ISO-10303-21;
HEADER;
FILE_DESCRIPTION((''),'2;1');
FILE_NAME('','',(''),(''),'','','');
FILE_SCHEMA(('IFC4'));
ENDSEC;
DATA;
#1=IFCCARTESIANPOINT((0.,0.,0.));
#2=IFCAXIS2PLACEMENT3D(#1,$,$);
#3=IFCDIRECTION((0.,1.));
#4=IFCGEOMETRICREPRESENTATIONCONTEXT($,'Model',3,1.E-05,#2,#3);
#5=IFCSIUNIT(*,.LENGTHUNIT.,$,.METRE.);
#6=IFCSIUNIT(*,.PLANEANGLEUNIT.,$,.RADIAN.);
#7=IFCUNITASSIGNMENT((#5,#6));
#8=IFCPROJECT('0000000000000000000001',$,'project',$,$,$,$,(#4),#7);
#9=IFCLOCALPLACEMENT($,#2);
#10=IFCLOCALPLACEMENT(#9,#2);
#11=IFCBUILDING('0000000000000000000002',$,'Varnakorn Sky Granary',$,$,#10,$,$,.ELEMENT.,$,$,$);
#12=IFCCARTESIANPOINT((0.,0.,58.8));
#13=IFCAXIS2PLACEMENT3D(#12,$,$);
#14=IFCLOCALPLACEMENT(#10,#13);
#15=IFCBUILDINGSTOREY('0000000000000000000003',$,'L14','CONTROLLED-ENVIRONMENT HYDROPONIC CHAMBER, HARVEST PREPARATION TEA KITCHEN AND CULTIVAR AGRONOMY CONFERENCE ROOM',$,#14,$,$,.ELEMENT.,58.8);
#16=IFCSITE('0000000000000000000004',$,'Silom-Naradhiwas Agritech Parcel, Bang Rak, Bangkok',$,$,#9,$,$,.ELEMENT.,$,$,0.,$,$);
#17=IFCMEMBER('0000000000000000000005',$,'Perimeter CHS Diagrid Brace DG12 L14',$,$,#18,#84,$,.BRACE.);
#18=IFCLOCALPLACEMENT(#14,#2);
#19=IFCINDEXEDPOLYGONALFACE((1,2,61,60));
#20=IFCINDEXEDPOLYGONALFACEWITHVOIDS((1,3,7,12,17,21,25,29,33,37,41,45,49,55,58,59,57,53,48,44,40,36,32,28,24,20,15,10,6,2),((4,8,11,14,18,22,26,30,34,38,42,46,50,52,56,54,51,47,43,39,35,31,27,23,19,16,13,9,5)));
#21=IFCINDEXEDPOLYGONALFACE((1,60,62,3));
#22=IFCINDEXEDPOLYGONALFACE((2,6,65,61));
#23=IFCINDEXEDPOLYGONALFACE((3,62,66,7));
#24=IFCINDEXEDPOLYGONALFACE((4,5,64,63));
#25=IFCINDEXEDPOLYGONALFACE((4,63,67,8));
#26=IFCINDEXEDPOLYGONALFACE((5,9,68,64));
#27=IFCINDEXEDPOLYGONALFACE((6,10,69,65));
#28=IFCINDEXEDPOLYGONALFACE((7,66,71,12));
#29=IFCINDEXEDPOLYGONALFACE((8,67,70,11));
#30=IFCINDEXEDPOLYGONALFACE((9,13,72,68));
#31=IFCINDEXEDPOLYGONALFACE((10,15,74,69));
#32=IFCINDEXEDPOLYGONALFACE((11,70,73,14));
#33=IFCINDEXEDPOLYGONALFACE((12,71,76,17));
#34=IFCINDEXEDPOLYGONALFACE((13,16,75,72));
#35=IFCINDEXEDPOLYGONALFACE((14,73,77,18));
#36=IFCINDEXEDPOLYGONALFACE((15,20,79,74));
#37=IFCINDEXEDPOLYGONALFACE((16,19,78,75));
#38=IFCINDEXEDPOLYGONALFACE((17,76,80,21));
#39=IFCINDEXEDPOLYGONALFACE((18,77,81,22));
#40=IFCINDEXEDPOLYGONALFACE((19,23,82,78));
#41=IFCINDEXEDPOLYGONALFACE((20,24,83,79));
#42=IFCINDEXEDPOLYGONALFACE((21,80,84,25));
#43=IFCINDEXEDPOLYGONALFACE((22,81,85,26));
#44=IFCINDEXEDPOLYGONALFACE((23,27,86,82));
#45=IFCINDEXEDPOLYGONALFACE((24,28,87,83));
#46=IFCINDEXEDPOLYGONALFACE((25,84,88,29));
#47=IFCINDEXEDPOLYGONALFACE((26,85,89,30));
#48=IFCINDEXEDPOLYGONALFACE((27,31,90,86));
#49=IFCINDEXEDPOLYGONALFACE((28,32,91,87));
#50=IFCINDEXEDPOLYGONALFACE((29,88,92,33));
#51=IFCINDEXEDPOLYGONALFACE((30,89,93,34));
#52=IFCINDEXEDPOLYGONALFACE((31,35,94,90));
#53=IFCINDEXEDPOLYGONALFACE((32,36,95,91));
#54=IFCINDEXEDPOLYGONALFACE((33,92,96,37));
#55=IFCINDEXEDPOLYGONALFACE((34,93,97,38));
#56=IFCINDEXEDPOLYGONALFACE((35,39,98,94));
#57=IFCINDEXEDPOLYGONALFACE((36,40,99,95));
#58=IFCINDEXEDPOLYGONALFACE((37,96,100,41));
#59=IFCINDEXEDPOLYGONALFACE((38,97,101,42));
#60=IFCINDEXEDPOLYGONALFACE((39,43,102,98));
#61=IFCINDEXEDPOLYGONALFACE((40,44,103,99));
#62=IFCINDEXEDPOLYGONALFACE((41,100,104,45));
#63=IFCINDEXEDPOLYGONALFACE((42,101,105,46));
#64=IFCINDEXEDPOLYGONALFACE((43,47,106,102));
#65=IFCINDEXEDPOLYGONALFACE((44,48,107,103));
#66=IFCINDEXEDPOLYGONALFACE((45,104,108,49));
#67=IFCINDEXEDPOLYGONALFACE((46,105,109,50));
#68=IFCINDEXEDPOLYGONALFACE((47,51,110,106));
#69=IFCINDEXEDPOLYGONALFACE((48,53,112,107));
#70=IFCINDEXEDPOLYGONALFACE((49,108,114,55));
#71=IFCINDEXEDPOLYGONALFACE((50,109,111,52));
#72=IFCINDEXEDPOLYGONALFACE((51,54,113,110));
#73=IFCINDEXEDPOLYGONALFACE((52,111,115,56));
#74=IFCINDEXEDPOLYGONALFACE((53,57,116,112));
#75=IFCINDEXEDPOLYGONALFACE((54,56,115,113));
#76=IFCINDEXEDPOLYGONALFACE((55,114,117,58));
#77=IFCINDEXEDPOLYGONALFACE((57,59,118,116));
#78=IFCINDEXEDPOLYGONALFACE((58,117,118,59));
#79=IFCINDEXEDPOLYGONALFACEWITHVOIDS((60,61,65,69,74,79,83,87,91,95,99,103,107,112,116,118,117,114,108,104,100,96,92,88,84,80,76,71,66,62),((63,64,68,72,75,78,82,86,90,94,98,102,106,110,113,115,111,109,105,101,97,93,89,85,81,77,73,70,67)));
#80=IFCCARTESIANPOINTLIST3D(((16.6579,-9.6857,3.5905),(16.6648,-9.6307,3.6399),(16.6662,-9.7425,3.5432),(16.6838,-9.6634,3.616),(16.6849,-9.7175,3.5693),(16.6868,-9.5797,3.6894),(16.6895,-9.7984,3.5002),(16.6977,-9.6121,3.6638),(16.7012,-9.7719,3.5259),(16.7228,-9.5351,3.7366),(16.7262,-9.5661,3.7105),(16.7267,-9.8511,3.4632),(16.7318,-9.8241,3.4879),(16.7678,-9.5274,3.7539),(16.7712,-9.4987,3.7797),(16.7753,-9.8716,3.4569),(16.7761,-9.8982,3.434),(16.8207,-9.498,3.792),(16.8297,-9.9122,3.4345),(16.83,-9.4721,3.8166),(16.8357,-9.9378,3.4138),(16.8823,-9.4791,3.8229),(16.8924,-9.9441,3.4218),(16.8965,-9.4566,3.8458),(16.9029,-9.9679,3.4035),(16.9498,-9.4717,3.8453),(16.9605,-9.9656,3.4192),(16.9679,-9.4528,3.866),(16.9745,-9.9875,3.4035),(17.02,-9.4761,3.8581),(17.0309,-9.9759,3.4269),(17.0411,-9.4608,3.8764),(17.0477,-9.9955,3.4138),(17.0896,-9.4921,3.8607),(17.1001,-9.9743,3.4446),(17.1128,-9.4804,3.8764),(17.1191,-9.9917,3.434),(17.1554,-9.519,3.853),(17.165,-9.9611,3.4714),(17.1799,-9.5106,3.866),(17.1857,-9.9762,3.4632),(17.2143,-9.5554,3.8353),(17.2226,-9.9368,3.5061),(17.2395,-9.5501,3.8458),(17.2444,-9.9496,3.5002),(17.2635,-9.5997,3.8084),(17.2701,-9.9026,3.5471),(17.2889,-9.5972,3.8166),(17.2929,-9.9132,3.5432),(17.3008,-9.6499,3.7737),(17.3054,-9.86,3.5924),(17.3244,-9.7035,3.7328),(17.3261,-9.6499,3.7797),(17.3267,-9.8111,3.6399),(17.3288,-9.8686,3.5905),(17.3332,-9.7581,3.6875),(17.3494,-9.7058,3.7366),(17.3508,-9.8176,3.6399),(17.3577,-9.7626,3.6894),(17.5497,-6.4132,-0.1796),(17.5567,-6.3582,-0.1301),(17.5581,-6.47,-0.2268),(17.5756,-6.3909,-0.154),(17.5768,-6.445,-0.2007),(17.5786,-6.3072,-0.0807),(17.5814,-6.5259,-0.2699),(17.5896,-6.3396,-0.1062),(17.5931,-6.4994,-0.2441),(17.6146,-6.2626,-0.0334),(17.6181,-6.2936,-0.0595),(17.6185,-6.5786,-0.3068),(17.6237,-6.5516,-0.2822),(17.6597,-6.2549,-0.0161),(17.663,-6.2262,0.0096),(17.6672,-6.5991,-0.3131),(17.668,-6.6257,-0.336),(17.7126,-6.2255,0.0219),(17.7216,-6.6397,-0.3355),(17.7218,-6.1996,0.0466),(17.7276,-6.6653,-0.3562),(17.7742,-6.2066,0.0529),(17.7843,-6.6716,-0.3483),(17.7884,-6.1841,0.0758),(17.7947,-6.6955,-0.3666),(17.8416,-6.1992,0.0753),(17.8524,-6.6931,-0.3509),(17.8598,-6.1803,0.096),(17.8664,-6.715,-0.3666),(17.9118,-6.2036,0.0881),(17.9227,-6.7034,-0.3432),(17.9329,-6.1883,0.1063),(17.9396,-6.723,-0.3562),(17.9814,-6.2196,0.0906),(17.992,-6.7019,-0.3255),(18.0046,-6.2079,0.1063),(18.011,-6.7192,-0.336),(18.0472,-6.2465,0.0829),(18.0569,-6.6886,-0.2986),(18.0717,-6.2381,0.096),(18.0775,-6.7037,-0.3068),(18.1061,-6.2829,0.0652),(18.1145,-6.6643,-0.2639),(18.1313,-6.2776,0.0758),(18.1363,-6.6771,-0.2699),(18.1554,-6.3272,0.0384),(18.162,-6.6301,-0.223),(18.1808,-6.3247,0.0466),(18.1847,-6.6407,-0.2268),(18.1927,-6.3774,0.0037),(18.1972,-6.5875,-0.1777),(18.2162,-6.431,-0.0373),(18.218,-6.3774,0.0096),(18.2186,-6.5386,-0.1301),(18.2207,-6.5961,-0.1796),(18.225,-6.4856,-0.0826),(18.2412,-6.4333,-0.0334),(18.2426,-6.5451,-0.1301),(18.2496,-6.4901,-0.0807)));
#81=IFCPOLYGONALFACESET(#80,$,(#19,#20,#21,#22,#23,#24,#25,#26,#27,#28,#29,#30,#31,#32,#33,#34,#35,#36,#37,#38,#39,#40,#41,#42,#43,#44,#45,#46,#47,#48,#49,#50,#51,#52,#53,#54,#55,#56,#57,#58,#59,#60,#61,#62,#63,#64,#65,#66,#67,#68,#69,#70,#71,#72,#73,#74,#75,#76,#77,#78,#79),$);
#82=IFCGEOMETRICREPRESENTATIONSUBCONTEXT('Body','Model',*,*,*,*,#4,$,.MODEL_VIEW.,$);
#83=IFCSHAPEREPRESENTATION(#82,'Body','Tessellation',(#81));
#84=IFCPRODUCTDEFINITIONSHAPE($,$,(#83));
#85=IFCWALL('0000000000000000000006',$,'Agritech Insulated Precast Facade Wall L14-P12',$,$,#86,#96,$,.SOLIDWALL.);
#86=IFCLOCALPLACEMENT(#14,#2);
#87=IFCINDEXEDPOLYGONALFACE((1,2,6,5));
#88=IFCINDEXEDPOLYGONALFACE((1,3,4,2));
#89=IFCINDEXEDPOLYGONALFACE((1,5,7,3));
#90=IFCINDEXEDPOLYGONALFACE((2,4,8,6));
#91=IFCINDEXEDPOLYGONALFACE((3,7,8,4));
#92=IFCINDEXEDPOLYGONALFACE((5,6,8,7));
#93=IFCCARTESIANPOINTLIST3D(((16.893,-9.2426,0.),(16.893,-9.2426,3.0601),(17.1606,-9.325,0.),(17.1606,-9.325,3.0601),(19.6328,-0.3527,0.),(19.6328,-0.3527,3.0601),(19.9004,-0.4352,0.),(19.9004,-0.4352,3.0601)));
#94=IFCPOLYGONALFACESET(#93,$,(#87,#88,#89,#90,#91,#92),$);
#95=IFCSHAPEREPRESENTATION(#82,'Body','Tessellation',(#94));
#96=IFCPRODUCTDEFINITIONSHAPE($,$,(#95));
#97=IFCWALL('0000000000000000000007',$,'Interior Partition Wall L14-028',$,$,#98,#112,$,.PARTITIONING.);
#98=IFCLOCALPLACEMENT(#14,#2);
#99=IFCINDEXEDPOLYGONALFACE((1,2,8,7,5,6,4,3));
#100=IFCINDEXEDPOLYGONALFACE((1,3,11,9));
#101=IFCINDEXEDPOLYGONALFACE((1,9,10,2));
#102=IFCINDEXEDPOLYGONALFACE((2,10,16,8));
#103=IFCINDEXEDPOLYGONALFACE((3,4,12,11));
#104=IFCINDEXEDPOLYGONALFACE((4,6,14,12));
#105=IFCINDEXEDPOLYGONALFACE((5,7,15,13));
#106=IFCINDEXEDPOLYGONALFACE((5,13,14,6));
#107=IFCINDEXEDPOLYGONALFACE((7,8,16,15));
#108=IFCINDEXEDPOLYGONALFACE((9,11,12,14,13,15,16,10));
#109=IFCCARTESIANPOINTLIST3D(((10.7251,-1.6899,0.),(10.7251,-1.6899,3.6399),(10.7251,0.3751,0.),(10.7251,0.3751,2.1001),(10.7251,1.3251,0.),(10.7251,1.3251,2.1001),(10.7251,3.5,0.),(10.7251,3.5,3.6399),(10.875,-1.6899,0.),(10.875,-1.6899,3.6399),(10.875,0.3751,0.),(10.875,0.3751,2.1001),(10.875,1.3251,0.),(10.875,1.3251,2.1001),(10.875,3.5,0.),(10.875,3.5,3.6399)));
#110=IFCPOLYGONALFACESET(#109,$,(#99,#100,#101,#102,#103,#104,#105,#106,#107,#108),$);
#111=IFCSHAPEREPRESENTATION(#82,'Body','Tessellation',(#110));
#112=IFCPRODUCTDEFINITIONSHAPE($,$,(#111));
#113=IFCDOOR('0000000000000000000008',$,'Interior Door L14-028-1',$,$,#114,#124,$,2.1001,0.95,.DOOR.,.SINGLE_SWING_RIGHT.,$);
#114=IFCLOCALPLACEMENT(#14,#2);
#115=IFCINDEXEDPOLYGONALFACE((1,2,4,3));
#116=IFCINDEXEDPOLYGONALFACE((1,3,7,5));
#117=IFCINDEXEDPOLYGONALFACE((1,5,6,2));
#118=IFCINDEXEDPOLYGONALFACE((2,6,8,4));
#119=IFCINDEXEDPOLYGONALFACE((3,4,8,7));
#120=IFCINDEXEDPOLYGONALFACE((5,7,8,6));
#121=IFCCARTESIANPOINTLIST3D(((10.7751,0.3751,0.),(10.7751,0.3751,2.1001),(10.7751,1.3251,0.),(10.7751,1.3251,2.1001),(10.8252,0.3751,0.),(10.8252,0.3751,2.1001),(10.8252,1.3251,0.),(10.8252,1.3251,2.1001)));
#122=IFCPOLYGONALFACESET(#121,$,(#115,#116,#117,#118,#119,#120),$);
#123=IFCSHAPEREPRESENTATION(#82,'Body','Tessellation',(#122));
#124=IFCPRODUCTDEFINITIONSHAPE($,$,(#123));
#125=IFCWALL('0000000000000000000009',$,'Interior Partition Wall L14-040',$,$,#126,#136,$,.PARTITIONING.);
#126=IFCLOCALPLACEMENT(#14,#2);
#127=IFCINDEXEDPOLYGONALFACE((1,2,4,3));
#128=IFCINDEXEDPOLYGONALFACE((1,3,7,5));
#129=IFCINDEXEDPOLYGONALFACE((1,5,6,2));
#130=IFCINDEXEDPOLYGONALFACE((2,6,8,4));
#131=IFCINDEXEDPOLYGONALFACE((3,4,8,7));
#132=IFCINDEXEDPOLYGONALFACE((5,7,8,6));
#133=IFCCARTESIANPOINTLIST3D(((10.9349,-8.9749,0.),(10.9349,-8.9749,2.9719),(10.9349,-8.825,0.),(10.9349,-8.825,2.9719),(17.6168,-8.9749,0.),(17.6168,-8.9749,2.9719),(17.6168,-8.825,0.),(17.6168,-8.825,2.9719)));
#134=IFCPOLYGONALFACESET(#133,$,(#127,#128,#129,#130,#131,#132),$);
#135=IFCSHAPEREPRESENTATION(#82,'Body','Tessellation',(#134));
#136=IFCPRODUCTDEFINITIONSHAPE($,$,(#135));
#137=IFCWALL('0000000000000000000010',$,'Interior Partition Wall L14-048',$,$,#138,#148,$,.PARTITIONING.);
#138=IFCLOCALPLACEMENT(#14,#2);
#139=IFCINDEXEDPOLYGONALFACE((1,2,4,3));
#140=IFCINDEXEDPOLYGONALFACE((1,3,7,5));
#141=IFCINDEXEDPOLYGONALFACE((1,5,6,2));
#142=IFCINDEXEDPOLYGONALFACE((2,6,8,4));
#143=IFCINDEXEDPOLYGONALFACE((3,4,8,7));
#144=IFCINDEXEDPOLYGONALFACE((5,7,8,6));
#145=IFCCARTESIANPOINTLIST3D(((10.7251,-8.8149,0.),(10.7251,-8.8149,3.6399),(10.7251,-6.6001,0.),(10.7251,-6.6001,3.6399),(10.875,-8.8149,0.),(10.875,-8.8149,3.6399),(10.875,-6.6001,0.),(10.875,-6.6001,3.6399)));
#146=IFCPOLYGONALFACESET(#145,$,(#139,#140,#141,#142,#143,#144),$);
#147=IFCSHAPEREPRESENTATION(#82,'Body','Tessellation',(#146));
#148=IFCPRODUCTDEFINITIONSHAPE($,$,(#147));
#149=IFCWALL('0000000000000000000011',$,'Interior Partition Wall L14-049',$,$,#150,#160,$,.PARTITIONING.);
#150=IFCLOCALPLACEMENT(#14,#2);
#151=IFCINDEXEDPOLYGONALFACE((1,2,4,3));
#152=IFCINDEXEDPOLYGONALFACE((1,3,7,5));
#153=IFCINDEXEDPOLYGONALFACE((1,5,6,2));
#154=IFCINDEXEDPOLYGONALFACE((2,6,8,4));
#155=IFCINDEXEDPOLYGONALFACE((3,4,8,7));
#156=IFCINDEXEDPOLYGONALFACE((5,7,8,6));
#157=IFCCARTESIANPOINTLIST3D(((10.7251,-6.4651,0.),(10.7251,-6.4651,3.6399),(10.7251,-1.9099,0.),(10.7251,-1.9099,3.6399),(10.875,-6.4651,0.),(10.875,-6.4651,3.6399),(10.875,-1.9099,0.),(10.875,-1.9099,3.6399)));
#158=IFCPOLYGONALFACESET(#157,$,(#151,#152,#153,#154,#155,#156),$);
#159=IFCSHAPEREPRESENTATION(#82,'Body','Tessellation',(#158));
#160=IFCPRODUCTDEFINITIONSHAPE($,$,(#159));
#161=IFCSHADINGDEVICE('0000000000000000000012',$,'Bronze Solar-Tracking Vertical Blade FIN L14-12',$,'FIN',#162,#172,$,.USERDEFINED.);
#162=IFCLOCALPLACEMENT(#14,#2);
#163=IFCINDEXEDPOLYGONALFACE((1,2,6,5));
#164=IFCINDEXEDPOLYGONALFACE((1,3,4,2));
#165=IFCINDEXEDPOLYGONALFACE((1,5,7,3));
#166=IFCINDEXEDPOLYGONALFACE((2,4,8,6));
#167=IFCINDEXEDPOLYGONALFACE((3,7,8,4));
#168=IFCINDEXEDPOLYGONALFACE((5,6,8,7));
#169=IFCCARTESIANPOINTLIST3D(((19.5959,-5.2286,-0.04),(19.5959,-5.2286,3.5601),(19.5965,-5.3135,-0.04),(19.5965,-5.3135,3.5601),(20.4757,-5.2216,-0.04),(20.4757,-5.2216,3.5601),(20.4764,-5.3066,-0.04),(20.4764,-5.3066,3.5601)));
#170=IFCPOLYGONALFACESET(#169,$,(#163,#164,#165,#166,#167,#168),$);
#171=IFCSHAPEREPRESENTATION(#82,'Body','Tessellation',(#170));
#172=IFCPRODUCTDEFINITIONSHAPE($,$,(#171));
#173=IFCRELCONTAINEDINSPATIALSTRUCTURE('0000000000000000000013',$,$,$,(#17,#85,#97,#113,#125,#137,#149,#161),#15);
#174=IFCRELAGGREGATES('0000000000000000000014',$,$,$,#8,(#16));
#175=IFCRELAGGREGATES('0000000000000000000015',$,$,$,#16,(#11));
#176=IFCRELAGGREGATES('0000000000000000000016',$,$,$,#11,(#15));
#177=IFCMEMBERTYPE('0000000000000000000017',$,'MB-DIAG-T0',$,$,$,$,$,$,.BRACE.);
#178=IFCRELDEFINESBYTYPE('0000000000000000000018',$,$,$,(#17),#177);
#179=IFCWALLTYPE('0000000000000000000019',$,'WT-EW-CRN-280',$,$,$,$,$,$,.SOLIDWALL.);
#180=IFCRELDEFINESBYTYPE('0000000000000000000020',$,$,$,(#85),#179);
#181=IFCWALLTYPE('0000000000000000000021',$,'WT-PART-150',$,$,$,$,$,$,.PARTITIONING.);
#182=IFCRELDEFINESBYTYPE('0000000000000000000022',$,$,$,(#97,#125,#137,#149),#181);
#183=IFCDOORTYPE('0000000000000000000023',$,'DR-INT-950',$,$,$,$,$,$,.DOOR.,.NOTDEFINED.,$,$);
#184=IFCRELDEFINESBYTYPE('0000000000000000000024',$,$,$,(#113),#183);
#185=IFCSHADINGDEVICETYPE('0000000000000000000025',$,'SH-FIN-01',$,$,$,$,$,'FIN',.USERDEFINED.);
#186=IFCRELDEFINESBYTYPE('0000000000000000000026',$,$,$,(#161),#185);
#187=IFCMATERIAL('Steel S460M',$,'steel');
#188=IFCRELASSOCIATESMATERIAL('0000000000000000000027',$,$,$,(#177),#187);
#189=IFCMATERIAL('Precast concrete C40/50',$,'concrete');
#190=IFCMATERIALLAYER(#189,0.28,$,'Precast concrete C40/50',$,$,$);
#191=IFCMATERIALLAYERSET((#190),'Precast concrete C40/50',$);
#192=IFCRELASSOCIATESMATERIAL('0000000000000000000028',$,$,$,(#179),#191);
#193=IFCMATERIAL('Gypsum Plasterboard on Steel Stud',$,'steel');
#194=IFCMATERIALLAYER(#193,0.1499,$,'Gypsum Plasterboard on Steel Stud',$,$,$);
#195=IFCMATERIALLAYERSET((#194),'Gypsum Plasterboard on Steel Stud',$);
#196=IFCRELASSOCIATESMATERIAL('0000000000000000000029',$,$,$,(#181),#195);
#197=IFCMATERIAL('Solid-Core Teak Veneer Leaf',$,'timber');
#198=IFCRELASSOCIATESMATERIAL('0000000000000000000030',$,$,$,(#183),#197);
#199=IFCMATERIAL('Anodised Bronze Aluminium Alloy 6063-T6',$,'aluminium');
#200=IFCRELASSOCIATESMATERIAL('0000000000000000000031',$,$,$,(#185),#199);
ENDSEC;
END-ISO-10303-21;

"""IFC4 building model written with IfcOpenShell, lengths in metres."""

from ifc_helpers import new_model, si_unit, direction, frame, frame_2d, origin, origin_2d, place, context, subcontext, project, spatial, rectangle, hollow_circle, extrude, source, transform, mapped, material, layer, layer_set, material_profile, profile_set, type_object, type_shapes, element, fill, save


model = new_model("IFC4")

# Units and contexts
model_context = context("Model", 3, precision=1e-05, world=origin(), true_north=direction((0.0, 1.0)))
body_context = subcontext(model_context, "Body", "Model", "MODEL_VIEW")
ifc_project = project(units=[si_unit("LENGTHUNIT", "METRE"), si_unit("PLANEANGLEUNIT", "RADIAN")], contexts=[model_context])

# Site, building, storey
site_placement = place(None, origin())
site = spatial("IfcSite", under=ifc_project, at=site_placement, Name="Silom-Naradhiwas Agritech Parcel, Bang Rak, Bangkok", CompositionType="ELEMENT", RefElevation=0.0)
building_placement = place(site_placement, origin())
building = spatial("IfcBuilding", under=site, at=building_placement, Name="Varnakorn Sky Granary", CompositionType="ELEMENT")
storey_placement = place(building_placement, frame((0.0, 0.0, 58.8)))
storey = spatial("IfcBuildingStorey", under=building, at=storey_placement, Name="L14", Description="CONTROLLED-ENVIRONMENT HYDROPONIC CHAMBER, HARVEST PREPARATION TEA KITCHEN AND CULTIVAR AGRONOMY CONFERENCE ROOM", CompositionType="ELEMENT", Elevation=58.8)

# Shared definitions
ifc_material_1 = material(Name="Steel S460M", Category="steel")

# Shared definitions
ifc_material_2 = material(Name="Anodised Bronze Aluminium Alloy 6063-T6", Category="aluminium")

# Member
ifc_material_profile_1 = material_profile(ifc_material_1, hollow_circle(Radius=0.3555, WallThickness=0.0249, at=origin_2d()), Name="CHS 711x25")
ifc_profile_set_1 = profile_set([ifc_material_profile_1], Name="Steel S460M")
member_type_1 = type_object("IfcMemberType", Name="MB-DIAG-T0", PredefinedType="BRACE", material=ifc_profile_set_1)
member_1_placement = place(storey_placement, frame((17.8997, -6.4517, -0.1301), z_axis=(-0.175864, -0.645298, 0.743412), x_axis=(0.964812, -0.262941, 0.0)))
element("IfcMember", 1, at=member_1_placement, inside=storey, type_object=member_type_1, Name="Perimeter CHS Diagrid Brace DG12 L14", PredefinedType="BRACE", context=body_context, shape_type="SweptSolid", body=[
    extrude(hollow_circle(Radius=0.3555, WallThickness=0.0249, at=origin_2d()), origin(), (0.0, 0.0, 1.0), 5.0713),
])

# Wall
ifc_material_3 = material(Name="Precast concrete C40/50", Category="concrete")
ifc_layer_1 = layer(ifc_material_3, 0.28, Name="Precast concrete C40/50")
ifc_layer_set_1 = layer_set([ifc_layer_1], Name="Precast concrete C40/50")
wall_type_1 = type_object("IfcWallType", Name="WT-EW-CRN-280", PredefinedType="SOLIDWALL", material=ifc_layer_set_1)
wall_1_placement = place(storey_placement, frame((19.7666, -0.3938, 0.0), z_axis=(0.0, 0.0, 1.0), x_axis=(-0.294517, -0.955646, 0.0)))
element("IfcWall", 2, at=wall_1_placement, inside=storey, type_object=wall_type_1, Name="Agritech Insulated Precast Facade Wall L14-P12", PredefinedType="SOLIDWALL", context=body_context, shape_type="SweptSolid", body=[
    extrude(rectangle(XDim=9.3025, YDim=0.28, at=frame_2d((4.6514, 0.0))), origin(), (0.0, 0.0, 1.0), 3.0601),
])

# Wall, opening, door
ifc_material_4 = material(Name="Gypsum Plasterboard on Steel Stud", Category="steel")
ifc_layer_2 = layer(ifc_material_4, 0.1499, Name="Gypsum Plasterboard on Steel Stud")
ifc_layer_set_2 = layer_set([ifc_layer_2], Name="Gypsum Plasterboard on Steel Stud")
wall_type_2 = type_object("IfcWallType", Name="WT-PART-150", PredefinedType="PARTITIONING", material=ifc_layer_set_2)
wall_2_placement = place(storey_placement, frame((10.8, -1.6899, 0.0), z_axis=(0.0, 0.0, 1.0), x_axis=(0.0, 1.0, 0.0)))
wall_2 = element("IfcWall", 3, at=wall_2_placement, inside=storey, type_object=wall_type_2, Name="Interior Partition Wall L14-028", PredefinedType="PARTITIONING", context=body_context, shape_type="SweptSolid", body=[
    extrude(rectangle(XDim=5.1899, YDim=0.1499, at=frame_2d((2.595, 0.0))), origin(), (0.0, 0.0, 1.0), 3.6399),
])
opening_placement = place(wall_2_placement, frame((2.0649, 0.0, 0.0)))
opening = element("IfcOpeningElement", 4, at=opening_placement, cuts=wall_2, PredefinedType="OPENING", context=body_context, shape_type="SweptSolid", body=[
    extrude(rectangle(XDim=0.95, YDim=2.1001, at=frame_2d((0.4751, 1.05))), frame((0.0, 0.085, 0.0), z_axis=(0.0, -1.0, 0.0), x_axis=(1.0, 0.0, 0.0)), (0.0, 0.0, 1.0), 0.1699),
])
ifc_material_5 = material(Name="Solid-Core Teak Veneer Leaf", Category="timber")
door_type = type_object("IfcDoorType", Name="DR-INT-950", OperationType="NOTDEFINED", PredefinedType="DOOR", material=ifc_material_5)
door_placement = place(opening_placement, origin())
door = element("IfcDoor", 5, at=door_placement, inside=storey, type_object=door_type, Name="Interior Door L14-028-1", OperationType="SINGLE_SWING_RIGHT", OverallHeight=2.1001, OverallWidth=0.95, PredefinedType="DOOR", context=body_context, shape_type="SweptSolid", body=[
    extrude(rectangle(XDim=0.95, YDim=2.1001, at=frame_2d((0.4751, 1.05))), frame((0.0, 0.0249, 0.0), z_axis=(0.0, -1.0, 0.0), x_axis=(1.0, 0.0, 0.0)), (0.0, 0.0, 1.0), 0.05),
])
fill(opening, door)

# Walls
wall_3_placement = place(storey_placement, frame((10.9351, -8.8999, 0.0), z_axis=(0.0, 0.0, 1.0), x_axis=(1.0, 0.0, 0.0)))
element("IfcWall", 6, at=wall_3_placement, inside=storey, type_object=wall_type_2, Name="Interior Partition Wall L14-040", PredefinedType="PARTITIONING", context=body_context, shape_type="SweptSolid", body=[
    extrude(rectangle(XDim=6.6819, YDim=0.1499, at=frame_2d((3.3408, 0.0))), origin(), (0.0, 0.0, 1.0), 2.9719),
])
wall_4_placement = place(storey_placement, frame((10.8, -8.8149, 0.0), z_axis=(0.0, 0.0, 1.0), x_axis=(0.0, 1.0, 0.0)))
element("IfcWall", 7, at=wall_4_placement, inside=storey, type_object=wall_type_2, Name="Interior Partition Wall L14-048", PredefinedType="PARTITIONING", context=body_context, shape_type="SweptSolid", body=[
    extrude(rectangle(XDim=2.2148, YDim=0.1499, at=frame_2d((1.1074, 0.0))), origin(), (0.0, 0.0, 1.0), 3.6399),
])
wall_5_placement = place(storey_placement, frame((10.8, -6.4651, 0.0), z_axis=(0.0, 0.0, 1.0), x_axis=(0.0, 1.0, 0.0)))
element("IfcWall", 8, at=wall_5_placement, inside=storey, type_object=wall_type_2, Name="Interior Partition Wall L14-049", PredefinedType="PARTITIONING", context=body_context, shape_type="SweptSolid", body=[
    extrude(rectangle(XDim=4.5552, YDim=0.1499, at=frame_2d((2.2776, 0.0))), origin(), (0.0, 0.0, 1.0), 3.6399),
])

# Shading device
shading_device_type = type_object("IfcShadingDeviceType", Name="SH-FIN-01", ElementType="FIN", PredefinedType="USERDEFINED", material=ifc_material_2)
shared_shape_1 = source(origin(), body_context, "Body", "SweptSolid", [
    extrude(rectangle(XDim=0.085, YDim=0.8799, at=origin_2d()), origin(), (0.0, 0.0, 1.0), 3.6001),
])
type_shapes(shading_device_type, [shared_shape_1])
shading_device_placement = place(storey_placement, frame((20.0361, -5.2676, -0.04), z_axis=(0.0, 0.0, 1.0), x_axis=(-0.007846, 0.999969, 0.0)))
element("IfcShadingDevice", 9, at=shading_device_placement, inside=storey, type_object=shading_device_type, Name="Bronze Solar-Tracking Vertical Blade FIN L14-12", ObjectType="FIN", PredefinedType="USERDEFINED", context=body_context, shape_type="MappedRepresentation", body=[
    mapped(shared_shape_1, transform((0.0, 0.0, 0.0), x_axis=(1.0, 0.0, 0.0), y_axis=(0.0, 1.0, 0.0), z_axis=(0.0, 0.0, 1.0), scale=1.0)),
])

save(model, "model.ifc")
